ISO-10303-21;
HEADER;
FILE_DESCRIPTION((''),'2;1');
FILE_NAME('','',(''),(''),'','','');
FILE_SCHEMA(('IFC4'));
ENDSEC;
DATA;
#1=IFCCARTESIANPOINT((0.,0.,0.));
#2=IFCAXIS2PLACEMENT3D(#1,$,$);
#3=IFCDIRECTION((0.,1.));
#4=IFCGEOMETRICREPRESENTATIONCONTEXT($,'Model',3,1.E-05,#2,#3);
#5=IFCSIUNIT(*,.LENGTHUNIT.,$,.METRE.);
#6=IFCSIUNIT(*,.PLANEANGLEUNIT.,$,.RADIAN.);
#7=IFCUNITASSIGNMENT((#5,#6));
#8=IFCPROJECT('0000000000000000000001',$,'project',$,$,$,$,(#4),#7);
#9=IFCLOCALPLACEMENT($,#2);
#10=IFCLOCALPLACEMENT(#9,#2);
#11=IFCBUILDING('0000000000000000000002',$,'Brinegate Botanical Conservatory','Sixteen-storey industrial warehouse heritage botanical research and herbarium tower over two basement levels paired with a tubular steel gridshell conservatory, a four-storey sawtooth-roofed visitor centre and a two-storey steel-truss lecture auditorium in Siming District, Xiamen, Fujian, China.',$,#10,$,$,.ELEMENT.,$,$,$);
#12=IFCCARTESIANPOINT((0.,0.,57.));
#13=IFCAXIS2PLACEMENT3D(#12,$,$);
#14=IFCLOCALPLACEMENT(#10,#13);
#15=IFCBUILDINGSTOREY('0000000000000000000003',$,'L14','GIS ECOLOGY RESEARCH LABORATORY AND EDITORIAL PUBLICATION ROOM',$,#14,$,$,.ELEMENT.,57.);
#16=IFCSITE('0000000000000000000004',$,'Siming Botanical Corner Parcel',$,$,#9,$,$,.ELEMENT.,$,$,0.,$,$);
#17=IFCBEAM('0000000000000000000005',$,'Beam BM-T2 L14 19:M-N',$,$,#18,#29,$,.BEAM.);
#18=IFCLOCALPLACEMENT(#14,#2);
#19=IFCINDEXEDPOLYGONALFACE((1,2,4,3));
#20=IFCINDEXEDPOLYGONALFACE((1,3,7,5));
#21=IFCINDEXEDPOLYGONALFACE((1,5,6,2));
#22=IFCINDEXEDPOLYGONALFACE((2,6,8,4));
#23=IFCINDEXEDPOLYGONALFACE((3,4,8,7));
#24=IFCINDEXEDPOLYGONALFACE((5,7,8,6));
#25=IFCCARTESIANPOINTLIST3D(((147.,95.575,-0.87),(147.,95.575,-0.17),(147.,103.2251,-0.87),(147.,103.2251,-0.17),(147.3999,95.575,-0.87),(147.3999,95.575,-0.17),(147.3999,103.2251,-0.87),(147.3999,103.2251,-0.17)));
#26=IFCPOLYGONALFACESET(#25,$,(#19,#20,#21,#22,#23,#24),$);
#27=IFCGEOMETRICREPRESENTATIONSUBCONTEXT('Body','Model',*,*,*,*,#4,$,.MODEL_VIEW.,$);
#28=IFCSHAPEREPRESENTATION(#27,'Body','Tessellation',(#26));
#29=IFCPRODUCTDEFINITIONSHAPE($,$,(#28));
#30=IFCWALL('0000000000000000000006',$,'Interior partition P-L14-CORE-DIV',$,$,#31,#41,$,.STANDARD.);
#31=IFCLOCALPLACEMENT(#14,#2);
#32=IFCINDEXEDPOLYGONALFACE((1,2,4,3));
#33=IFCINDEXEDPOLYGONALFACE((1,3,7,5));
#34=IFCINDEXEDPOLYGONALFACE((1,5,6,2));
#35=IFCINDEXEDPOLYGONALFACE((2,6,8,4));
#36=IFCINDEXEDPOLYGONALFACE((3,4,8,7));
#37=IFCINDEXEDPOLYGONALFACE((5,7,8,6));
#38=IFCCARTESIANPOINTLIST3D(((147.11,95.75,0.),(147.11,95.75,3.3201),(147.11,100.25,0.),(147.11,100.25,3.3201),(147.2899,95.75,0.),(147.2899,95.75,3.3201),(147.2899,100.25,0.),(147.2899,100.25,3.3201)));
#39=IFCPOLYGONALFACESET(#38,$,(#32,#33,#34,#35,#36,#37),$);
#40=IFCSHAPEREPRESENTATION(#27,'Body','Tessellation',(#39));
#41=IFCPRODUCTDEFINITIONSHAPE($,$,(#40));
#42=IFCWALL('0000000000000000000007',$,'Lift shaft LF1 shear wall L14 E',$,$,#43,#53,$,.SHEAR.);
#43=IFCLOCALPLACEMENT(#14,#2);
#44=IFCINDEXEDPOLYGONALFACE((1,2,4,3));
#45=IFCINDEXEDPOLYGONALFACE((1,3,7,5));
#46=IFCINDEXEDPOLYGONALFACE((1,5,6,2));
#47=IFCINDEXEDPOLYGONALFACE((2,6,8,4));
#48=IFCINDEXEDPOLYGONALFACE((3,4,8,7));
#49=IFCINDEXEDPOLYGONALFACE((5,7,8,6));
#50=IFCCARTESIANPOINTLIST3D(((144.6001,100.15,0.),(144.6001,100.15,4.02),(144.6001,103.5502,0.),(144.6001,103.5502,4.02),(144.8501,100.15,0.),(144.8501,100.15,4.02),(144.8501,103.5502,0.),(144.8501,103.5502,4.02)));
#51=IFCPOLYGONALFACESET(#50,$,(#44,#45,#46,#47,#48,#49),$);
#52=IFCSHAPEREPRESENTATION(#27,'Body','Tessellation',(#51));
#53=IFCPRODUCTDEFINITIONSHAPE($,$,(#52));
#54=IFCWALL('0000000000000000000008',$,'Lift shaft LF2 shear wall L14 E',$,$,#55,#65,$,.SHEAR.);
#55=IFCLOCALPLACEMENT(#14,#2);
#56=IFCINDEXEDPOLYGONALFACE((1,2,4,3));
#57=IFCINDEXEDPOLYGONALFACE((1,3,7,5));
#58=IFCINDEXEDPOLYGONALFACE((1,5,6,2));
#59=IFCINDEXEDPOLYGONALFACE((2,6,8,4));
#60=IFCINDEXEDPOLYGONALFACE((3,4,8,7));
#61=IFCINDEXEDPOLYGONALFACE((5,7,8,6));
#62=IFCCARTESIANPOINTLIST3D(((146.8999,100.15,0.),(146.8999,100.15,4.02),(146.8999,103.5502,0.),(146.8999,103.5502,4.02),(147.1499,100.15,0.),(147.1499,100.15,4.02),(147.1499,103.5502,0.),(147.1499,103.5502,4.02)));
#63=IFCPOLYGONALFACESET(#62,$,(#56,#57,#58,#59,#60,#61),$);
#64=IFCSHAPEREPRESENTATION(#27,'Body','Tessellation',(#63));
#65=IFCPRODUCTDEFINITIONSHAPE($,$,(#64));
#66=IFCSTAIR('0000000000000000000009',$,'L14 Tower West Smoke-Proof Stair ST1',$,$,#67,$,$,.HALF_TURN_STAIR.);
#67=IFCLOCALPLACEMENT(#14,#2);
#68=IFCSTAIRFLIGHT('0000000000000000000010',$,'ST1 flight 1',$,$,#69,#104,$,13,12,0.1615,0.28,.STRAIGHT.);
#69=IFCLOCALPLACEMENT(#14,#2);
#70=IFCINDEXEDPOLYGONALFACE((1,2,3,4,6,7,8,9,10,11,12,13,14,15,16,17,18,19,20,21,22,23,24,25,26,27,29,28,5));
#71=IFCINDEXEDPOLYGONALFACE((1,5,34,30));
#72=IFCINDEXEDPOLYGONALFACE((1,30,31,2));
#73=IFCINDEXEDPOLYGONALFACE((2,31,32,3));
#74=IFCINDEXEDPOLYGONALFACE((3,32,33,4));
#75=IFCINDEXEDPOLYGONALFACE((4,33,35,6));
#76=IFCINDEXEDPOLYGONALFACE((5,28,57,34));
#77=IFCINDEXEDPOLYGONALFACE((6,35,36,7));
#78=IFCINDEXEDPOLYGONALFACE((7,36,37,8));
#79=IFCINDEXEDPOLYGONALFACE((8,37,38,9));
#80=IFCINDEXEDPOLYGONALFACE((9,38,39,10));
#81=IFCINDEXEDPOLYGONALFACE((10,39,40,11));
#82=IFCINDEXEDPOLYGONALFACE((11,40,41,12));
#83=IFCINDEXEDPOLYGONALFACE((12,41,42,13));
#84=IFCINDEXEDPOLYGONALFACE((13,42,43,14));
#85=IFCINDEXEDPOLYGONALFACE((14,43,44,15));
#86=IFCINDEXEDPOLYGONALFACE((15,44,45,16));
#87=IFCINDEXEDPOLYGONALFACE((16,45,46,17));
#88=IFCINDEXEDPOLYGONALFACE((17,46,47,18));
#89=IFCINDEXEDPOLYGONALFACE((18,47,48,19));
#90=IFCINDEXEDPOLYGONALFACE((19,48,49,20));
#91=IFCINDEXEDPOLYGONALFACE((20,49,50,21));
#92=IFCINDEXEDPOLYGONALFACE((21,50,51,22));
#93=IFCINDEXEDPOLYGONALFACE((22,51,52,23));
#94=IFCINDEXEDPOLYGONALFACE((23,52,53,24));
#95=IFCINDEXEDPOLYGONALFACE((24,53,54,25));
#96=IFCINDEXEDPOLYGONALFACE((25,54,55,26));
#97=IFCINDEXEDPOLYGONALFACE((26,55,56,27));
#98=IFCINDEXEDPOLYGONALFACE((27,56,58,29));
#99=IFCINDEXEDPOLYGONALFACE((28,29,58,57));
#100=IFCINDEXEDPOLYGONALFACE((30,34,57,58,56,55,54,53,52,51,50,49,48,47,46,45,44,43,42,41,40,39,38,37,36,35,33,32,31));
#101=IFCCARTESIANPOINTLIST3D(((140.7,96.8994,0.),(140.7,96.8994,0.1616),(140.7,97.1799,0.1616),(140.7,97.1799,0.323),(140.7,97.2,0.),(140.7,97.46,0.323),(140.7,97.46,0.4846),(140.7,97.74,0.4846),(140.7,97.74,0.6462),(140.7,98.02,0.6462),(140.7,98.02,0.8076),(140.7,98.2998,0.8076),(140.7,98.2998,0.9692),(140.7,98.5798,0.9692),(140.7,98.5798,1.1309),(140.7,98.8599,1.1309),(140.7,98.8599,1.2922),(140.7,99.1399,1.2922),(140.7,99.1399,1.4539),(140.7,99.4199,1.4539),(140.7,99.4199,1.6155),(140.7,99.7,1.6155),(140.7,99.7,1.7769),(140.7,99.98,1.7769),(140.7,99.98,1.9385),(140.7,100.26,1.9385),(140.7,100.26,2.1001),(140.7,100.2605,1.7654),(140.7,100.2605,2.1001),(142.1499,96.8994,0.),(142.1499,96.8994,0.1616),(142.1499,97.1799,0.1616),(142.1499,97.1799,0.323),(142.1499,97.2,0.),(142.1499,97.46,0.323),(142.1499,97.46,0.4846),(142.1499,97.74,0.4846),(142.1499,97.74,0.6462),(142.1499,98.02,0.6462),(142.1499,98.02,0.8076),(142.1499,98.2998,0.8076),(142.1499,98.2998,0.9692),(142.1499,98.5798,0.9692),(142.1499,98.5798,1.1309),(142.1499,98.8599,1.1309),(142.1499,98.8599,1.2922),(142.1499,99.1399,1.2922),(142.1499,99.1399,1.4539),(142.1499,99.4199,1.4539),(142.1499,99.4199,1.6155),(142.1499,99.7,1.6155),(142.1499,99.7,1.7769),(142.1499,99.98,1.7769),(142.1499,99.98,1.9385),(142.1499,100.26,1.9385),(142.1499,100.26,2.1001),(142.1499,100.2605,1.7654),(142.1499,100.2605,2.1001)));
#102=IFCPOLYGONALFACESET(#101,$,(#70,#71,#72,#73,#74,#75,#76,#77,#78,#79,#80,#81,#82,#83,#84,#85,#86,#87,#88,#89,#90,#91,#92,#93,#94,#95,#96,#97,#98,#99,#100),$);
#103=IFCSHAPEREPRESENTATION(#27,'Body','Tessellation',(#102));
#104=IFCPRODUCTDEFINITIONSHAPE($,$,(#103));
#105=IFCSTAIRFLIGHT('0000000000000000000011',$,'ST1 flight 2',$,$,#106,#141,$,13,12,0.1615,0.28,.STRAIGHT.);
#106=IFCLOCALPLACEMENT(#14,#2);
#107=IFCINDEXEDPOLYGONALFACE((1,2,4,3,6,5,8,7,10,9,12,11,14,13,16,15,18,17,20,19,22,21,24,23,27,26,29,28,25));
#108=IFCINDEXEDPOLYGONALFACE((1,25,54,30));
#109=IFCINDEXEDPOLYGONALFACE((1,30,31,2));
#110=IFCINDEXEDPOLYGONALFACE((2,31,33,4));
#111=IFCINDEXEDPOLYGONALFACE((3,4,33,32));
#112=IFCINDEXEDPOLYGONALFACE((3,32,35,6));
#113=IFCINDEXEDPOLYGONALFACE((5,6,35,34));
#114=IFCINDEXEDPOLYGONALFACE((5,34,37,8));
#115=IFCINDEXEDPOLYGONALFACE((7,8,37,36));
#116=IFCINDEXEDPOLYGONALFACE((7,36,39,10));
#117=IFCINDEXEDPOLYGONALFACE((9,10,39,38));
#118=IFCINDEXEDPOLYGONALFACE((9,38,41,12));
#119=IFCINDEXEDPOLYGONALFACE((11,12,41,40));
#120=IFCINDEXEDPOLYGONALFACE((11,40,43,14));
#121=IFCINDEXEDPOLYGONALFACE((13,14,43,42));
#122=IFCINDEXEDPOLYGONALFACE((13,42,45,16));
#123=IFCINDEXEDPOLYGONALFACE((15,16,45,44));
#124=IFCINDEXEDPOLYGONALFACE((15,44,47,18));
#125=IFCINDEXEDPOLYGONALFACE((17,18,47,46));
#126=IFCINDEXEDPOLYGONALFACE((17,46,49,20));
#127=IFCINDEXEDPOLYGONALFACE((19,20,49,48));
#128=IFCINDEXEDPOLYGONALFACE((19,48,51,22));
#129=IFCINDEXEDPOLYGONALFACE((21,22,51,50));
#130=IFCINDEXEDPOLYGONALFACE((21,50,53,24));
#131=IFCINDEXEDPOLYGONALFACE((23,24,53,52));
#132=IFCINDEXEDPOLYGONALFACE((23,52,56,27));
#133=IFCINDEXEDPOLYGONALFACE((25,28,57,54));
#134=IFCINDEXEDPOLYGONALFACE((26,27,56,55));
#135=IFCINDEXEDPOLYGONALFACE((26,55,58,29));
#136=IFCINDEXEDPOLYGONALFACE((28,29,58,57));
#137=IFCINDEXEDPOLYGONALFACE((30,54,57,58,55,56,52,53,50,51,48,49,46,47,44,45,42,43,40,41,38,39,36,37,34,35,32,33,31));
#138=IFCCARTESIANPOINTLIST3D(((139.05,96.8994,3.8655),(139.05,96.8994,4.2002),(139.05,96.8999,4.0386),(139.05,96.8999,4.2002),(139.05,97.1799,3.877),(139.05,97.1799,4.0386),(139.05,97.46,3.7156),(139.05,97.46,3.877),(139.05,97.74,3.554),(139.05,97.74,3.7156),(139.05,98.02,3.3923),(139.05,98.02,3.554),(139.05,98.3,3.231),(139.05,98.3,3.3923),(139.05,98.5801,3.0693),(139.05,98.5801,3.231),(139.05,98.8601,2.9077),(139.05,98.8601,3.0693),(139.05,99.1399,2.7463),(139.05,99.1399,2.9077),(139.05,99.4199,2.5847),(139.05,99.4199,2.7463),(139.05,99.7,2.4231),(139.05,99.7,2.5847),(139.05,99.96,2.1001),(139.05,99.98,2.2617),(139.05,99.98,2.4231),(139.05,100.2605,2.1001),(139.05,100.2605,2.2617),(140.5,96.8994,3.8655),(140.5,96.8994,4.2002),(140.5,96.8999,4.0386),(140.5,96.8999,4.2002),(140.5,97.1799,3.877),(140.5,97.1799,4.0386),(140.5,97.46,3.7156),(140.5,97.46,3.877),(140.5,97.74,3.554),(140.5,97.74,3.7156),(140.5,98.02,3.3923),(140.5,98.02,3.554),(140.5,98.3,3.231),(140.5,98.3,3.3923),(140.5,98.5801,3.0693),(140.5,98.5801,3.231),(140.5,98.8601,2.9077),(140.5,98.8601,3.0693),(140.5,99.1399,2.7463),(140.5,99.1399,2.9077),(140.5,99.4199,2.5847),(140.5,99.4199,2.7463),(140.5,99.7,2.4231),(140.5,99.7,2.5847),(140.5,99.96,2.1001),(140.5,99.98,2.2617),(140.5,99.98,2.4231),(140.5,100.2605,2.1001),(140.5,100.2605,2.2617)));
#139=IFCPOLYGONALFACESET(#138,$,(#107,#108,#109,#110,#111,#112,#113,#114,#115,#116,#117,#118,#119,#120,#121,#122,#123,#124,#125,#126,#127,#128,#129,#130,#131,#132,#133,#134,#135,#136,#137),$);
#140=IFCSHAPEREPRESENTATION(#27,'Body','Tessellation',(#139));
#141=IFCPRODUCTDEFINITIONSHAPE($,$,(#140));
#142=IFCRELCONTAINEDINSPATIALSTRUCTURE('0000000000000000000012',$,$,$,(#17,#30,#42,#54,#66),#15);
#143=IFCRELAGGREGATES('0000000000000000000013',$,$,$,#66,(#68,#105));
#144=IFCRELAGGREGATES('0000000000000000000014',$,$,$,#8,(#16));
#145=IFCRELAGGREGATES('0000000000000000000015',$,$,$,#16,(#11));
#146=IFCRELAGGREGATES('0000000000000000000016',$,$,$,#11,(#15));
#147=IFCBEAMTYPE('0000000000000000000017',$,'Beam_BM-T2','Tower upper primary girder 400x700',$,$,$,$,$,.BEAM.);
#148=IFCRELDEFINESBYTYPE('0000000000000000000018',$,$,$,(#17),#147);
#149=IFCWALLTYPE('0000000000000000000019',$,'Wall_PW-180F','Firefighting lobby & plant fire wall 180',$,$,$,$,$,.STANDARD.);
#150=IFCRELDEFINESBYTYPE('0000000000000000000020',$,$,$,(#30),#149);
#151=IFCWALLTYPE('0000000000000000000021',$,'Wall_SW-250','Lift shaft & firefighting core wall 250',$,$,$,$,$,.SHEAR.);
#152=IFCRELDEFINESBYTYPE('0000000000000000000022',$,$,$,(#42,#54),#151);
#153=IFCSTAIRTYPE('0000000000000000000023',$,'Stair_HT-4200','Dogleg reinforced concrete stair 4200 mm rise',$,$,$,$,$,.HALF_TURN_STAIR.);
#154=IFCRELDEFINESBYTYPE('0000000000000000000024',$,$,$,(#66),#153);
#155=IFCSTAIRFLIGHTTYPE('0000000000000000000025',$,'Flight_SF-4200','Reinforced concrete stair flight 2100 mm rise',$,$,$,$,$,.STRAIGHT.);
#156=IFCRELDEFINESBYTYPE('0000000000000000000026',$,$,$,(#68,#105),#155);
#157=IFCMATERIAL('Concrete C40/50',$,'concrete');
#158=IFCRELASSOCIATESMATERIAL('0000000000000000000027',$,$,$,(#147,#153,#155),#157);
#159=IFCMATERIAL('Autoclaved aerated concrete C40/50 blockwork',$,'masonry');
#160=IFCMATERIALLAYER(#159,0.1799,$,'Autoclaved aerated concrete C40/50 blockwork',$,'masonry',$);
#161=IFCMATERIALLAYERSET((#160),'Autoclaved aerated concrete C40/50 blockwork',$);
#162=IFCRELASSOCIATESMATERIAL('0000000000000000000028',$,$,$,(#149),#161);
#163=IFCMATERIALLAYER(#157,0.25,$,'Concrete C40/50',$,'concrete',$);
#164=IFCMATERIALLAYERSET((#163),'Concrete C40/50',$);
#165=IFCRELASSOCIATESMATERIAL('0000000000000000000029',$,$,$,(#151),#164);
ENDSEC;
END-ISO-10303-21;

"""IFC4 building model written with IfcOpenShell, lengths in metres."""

from ifc_helpers import new_model, si_unit, direction, frame, frame_2d, origin, origin_2d, place, context, subcontext, project, spatial, polyline, rectangle, outline, extrude, material, layer, layer_set, material_profile, profile_set, type_object, element, aggregate, save


model = new_model("IFC4")

# Units and contexts
model_context = context("Model", 3, precision=1e-05, world=origin(), true_north=direction((0.0, 1.0)))
body_context = subcontext(model_context, "Body", "Model", "MODEL_VIEW")
ifc_project = project(units=[si_unit("LENGTHUNIT", "METRE"), si_unit("PLANEANGLEUNIT", "RADIAN")], contexts=[model_context])

# Site, building, storey
site_placement = place(None, origin())
site = spatial("IfcSite", under=ifc_project, at=site_placement, Name="Siming Botanical Corner Parcel", CompositionType="ELEMENT", RefElevation=0.0)
building_placement = place(site_placement, origin())
building = spatial("IfcBuilding", under=site, at=building_placement, Name="Brinegate Botanical Conservatory", Description="Sixteen-storey industrial warehouse heritage botanical research and herbarium tower over two basement levels paired with a tubular steel gridshell conservatory, a four-storey sawtooth-roofed visitor centre and a two-storey steel-truss lecture auditorium in Siming District, Xiamen, Fujian, China.", CompositionType="ELEMENT")
storey_placement = place(building_placement, frame((0.0, 0.0, 57.0)))
storey = spatial("IfcBuildingStorey", under=building, at=storey_placement, Name="L14", Description="GIS ECOLOGY RESEARCH LABORATORY AND EDITORIAL PUBLICATION ROOM", CompositionType="ELEMENT", Elevation=57.0)

# Beam
ifc_material_1 = material(Name="Concrete C40/50", Category="concrete")
ifc_material_profile = material_profile(ifc_material_1, rectangle(XDim=0.3999, YDim=0.7, at=origin_2d()), Name="RC BM 400x700")
ifc_profile_set = profile_set([ifc_material_profile], Name="Concrete C40/50")
beam_type = type_object("IfcBeamType", Name="Beam_BM-T2", Description="Tower upper primary girder 400x700", PredefinedType="BEAM", material=ifc_profile_set)
beam_placement = place(storey_placement, frame((147.2, 95.575, -0.52), z_axis=(0.0, 1.0, 0.0), x_axis=(-1.0, 0.0, 0.0)))
element("IfcBeam", 1, at=beam_placement, inside=storey, type_object=beam_type, Name="Beam BM-T2 L14 19:M-N", PredefinedType="BEAM", context=body_context, shape_type="SweptSolid", body=[
    extrude(rectangle(XDim=0.3999, YDim=0.7, at=origin_2d()), origin(), (0.0, 0.0, 1.0), 7.6501),
])

# Wall
ifc_material_2 = material(Name="Autoclaved aerated concrete C40/50 blockwork", Category="masonry")
ifc_layer_1 = layer(ifc_material_2, 0.1799, Name="Autoclaved aerated concrete C40/50 blockwork", Category="masonry")
ifc_layer_set_1 = layer_set([ifc_layer_1], Name="Autoclaved aerated concrete C40/50 blockwork")
wall_type_1 = type_object("IfcWallType", Name="Wall_PW-180F", Description="Firefighting lobby & plant fire wall 180", PredefinedType="STANDARD", material=ifc_layer_set_1)
wall_1_placement = place(storey_placement, frame((147.2, 95.75, 0.0), z_axis=(0.0, 0.0, 1.0), x_axis=(0.0, 1.0, 0.0)))
element("IfcWall", 2, at=wall_1_placement, inside=storey, type_object=wall_type_1, Name="Interior partition P-L14-CORE-DIV", PredefinedType="STANDARD", context=body_context, shape_type="SweptSolid", body=[
    extrude(rectangle(XDim=4.5, YDim=0.1799, at=frame_2d((2.25, 0.0))), origin(), (0.0, 0.0, 1.0), 3.3201),
])

# Shared definitions
ifc_layer_2 = layer(ifc_material_1, 0.25, Name="Concrete C40/50", Category="concrete")
ifc_layer_set_2 = layer_set([ifc_layer_2], Name="Concrete C40/50")
wall_type_2 = type_object("IfcWallType", Name="Wall_SW-250", Description="Lift shaft & firefighting core wall 250", PredefinedType="SHEAR", material=ifc_layer_set_2)

# Wall
wall_2_placement = place(storey_placement, frame((144.7251, 100.1499, 0.0), z_axis=(0.0, 0.0, 1.0), x_axis=(0.0, 1.0, 0.0)))
element("IfcWall", 3, at=wall_2_placement, inside=storey, type_object=wall_type_2, Name="Lift shaft LF1 shear wall L14 E", PredefinedType="SHEAR", context=body_context, shape_type="SweptSolid", body=[
    extrude(rectangle(XDim=3.4001, YDim=0.25, at=frame_2d((1.7002, 0.0))), origin(), (0.0, 0.0, 1.0), 4.02),
])

# Wall
wall_3_placement = place(storey_placement, frame((147.0249, 100.1499, 0.0), z_axis=(0.0, 0.0, 1.0), x_axis=(0.0, 1.0, 0.0)))
element("IfcWall", 4, at=wall_3_placement, inside=storey, type_object=wall_type_2, Name="Lift shaft LF2 shear wall L14 E", PredefinedType="SHEAR", context=body_context, shape_type="SweptSolid", body=[
    extrude(rectangle(XDim=3.4001, YDim=0.25, at=frame_2d((1.7002, 0.0))), origin(), (0.0, 0.0, 1.0), 4.02),
])

# Stair, stair flights
stair_type = type_object("IfcStairType", Name="Stair_HT-4200", Description="Dogleg reinforced concrete stair 4200 mm rise", PredefinedType="HALF_TURN_STAIR", material=ifc_material_1)
stair_placement = place(storey_placement, origin())
stair = element("IfcStair", 5, at=stair_placement, inside=storey, type_object=stair_type, Name="L14 Tower West Smoke-Proof Stair ST1", PredefinedType="HALF_TURN_STAIR")
stair_flight_type = type_object("IfcStairFlightType", Name="Flight_SF-4200", Description="Reinforced concrete stair flight 2100 mm rise", PredefinedType="STRAIGHT", material=ifc_material_1)
stair_flight_1_placement = place(storey_placement, frame((141.425, 96.8999, 0.0), z_axis=(0.0, 0.0, 1.0), x_axis=(0.0, 1.0, 0.0)))
stair_flight_1 = element("IfcStairFlight", 6, at=stair_flight_1_placement, type_object=stair_flight_type, Name="ST1 flight 1", NumberOfRisers=13, NumberOfTreads=12, PredefinedType="STRAIGHT", RiserHeight=0.1615, TreadLength=0.28, context=body_context, shape_type="SweptSolid", body=[
    extrude(outline(polyline([(-0.0005, 0.0), (-0.0005, 0.1616), (0.28, 0.1616), (0.28, 0.323), (0.5601, 0.323), (0.5601, 0.4846), (0.8401, 0.4846), (0.8401, 0.6462), (1.1201, 0.6462), (1.1201, 0.8076), (1.3999, 0.8076), (1.3999, 0.9692), (1.6799, 0.9692), (1.6799, 1.1309), (1.96, 1.1309), (1.96, 1.2922), (2.24, 1.2922), (2.24, 1.4539), (2.52, 1.4539), (2.52, 1.6155), (2.8, 1.6155), (2.8, 1.7769), (3.0801, 1.7769), (3.0801, 1.9385), (3.3601, 1.9385), (3.3601, 2.1001), (3.3606, 2.1001), (3.3606, 1.7654), (0.3, 0.0), (-0.0005, 0.0)])), frame((0.0, 0.7251, 0.0), z_axis=(0.0, -1.0, 0.0), x_axis=(1.0, 0.0, 0.0)), (0.0, 0.0, 1.0), 1.45),
])
stair_flight_2_placement = place(storey_placement, frame((139.7749, 100.26, 2.1001), z_axis=(0.0, 0.0, 1.0), x_axis=(0.0, -1.0, 0.0)))
stair_flight_2 = element("IfcStairFlight", 7, at=stair_flight_2_placement, type_object=stair_flight_type, Name="ST1 flight 2", NumberOfRisers=13, NumberOfTreads=12, PredefinedType="STRAIGHT", RiserHeight=0.1615, TreadLength=0.28, context=body_context, shape_type="SweptSolid", body=[
    extrude(outline(polyline([(-0.0005, 0.0), (-0.0005, 0.1616), (0.28, 0.1616), (0.28, 0.323), (0.5601, 0.323), (0.5601, 0.4846), (0.8401, 0.4846), (0.8401, 0.6462), (1.1201, 0.6462), (1.1201, 0.8076), (1.3999, 0.8076), (1.3999, 0.9692), (1.6799, 0.9692), (1.6799, 1.1309), (1.96, 1.1309), (1.96, 1.2922), (2.24, 1.2922), (2.24, 1.4539), (2.52, 1.4539), (2.52, 1.6155), (2.8, 1.6155), (2.8, 1.7769), (3.0801, 1.7769), (3.0801, 1.9385), (3.3601, 1.9385), (3.3601, 2.1001), (3.3606, 2.1001), (3.3606, 1.7654), (0.3, 0.0), (-0.0005, 0.0)])), frame((0.0, 0.7251, 0.0), z_axis=(0.0, -1.0, 0.0), x_axis=(1.0, 0.0, 0.0)), (0.0, 0.0, 1.0), 1.45),
])
aggregate(stair, [stair_flight_1, stair_flight_2])

save(model, "model.ifc")
